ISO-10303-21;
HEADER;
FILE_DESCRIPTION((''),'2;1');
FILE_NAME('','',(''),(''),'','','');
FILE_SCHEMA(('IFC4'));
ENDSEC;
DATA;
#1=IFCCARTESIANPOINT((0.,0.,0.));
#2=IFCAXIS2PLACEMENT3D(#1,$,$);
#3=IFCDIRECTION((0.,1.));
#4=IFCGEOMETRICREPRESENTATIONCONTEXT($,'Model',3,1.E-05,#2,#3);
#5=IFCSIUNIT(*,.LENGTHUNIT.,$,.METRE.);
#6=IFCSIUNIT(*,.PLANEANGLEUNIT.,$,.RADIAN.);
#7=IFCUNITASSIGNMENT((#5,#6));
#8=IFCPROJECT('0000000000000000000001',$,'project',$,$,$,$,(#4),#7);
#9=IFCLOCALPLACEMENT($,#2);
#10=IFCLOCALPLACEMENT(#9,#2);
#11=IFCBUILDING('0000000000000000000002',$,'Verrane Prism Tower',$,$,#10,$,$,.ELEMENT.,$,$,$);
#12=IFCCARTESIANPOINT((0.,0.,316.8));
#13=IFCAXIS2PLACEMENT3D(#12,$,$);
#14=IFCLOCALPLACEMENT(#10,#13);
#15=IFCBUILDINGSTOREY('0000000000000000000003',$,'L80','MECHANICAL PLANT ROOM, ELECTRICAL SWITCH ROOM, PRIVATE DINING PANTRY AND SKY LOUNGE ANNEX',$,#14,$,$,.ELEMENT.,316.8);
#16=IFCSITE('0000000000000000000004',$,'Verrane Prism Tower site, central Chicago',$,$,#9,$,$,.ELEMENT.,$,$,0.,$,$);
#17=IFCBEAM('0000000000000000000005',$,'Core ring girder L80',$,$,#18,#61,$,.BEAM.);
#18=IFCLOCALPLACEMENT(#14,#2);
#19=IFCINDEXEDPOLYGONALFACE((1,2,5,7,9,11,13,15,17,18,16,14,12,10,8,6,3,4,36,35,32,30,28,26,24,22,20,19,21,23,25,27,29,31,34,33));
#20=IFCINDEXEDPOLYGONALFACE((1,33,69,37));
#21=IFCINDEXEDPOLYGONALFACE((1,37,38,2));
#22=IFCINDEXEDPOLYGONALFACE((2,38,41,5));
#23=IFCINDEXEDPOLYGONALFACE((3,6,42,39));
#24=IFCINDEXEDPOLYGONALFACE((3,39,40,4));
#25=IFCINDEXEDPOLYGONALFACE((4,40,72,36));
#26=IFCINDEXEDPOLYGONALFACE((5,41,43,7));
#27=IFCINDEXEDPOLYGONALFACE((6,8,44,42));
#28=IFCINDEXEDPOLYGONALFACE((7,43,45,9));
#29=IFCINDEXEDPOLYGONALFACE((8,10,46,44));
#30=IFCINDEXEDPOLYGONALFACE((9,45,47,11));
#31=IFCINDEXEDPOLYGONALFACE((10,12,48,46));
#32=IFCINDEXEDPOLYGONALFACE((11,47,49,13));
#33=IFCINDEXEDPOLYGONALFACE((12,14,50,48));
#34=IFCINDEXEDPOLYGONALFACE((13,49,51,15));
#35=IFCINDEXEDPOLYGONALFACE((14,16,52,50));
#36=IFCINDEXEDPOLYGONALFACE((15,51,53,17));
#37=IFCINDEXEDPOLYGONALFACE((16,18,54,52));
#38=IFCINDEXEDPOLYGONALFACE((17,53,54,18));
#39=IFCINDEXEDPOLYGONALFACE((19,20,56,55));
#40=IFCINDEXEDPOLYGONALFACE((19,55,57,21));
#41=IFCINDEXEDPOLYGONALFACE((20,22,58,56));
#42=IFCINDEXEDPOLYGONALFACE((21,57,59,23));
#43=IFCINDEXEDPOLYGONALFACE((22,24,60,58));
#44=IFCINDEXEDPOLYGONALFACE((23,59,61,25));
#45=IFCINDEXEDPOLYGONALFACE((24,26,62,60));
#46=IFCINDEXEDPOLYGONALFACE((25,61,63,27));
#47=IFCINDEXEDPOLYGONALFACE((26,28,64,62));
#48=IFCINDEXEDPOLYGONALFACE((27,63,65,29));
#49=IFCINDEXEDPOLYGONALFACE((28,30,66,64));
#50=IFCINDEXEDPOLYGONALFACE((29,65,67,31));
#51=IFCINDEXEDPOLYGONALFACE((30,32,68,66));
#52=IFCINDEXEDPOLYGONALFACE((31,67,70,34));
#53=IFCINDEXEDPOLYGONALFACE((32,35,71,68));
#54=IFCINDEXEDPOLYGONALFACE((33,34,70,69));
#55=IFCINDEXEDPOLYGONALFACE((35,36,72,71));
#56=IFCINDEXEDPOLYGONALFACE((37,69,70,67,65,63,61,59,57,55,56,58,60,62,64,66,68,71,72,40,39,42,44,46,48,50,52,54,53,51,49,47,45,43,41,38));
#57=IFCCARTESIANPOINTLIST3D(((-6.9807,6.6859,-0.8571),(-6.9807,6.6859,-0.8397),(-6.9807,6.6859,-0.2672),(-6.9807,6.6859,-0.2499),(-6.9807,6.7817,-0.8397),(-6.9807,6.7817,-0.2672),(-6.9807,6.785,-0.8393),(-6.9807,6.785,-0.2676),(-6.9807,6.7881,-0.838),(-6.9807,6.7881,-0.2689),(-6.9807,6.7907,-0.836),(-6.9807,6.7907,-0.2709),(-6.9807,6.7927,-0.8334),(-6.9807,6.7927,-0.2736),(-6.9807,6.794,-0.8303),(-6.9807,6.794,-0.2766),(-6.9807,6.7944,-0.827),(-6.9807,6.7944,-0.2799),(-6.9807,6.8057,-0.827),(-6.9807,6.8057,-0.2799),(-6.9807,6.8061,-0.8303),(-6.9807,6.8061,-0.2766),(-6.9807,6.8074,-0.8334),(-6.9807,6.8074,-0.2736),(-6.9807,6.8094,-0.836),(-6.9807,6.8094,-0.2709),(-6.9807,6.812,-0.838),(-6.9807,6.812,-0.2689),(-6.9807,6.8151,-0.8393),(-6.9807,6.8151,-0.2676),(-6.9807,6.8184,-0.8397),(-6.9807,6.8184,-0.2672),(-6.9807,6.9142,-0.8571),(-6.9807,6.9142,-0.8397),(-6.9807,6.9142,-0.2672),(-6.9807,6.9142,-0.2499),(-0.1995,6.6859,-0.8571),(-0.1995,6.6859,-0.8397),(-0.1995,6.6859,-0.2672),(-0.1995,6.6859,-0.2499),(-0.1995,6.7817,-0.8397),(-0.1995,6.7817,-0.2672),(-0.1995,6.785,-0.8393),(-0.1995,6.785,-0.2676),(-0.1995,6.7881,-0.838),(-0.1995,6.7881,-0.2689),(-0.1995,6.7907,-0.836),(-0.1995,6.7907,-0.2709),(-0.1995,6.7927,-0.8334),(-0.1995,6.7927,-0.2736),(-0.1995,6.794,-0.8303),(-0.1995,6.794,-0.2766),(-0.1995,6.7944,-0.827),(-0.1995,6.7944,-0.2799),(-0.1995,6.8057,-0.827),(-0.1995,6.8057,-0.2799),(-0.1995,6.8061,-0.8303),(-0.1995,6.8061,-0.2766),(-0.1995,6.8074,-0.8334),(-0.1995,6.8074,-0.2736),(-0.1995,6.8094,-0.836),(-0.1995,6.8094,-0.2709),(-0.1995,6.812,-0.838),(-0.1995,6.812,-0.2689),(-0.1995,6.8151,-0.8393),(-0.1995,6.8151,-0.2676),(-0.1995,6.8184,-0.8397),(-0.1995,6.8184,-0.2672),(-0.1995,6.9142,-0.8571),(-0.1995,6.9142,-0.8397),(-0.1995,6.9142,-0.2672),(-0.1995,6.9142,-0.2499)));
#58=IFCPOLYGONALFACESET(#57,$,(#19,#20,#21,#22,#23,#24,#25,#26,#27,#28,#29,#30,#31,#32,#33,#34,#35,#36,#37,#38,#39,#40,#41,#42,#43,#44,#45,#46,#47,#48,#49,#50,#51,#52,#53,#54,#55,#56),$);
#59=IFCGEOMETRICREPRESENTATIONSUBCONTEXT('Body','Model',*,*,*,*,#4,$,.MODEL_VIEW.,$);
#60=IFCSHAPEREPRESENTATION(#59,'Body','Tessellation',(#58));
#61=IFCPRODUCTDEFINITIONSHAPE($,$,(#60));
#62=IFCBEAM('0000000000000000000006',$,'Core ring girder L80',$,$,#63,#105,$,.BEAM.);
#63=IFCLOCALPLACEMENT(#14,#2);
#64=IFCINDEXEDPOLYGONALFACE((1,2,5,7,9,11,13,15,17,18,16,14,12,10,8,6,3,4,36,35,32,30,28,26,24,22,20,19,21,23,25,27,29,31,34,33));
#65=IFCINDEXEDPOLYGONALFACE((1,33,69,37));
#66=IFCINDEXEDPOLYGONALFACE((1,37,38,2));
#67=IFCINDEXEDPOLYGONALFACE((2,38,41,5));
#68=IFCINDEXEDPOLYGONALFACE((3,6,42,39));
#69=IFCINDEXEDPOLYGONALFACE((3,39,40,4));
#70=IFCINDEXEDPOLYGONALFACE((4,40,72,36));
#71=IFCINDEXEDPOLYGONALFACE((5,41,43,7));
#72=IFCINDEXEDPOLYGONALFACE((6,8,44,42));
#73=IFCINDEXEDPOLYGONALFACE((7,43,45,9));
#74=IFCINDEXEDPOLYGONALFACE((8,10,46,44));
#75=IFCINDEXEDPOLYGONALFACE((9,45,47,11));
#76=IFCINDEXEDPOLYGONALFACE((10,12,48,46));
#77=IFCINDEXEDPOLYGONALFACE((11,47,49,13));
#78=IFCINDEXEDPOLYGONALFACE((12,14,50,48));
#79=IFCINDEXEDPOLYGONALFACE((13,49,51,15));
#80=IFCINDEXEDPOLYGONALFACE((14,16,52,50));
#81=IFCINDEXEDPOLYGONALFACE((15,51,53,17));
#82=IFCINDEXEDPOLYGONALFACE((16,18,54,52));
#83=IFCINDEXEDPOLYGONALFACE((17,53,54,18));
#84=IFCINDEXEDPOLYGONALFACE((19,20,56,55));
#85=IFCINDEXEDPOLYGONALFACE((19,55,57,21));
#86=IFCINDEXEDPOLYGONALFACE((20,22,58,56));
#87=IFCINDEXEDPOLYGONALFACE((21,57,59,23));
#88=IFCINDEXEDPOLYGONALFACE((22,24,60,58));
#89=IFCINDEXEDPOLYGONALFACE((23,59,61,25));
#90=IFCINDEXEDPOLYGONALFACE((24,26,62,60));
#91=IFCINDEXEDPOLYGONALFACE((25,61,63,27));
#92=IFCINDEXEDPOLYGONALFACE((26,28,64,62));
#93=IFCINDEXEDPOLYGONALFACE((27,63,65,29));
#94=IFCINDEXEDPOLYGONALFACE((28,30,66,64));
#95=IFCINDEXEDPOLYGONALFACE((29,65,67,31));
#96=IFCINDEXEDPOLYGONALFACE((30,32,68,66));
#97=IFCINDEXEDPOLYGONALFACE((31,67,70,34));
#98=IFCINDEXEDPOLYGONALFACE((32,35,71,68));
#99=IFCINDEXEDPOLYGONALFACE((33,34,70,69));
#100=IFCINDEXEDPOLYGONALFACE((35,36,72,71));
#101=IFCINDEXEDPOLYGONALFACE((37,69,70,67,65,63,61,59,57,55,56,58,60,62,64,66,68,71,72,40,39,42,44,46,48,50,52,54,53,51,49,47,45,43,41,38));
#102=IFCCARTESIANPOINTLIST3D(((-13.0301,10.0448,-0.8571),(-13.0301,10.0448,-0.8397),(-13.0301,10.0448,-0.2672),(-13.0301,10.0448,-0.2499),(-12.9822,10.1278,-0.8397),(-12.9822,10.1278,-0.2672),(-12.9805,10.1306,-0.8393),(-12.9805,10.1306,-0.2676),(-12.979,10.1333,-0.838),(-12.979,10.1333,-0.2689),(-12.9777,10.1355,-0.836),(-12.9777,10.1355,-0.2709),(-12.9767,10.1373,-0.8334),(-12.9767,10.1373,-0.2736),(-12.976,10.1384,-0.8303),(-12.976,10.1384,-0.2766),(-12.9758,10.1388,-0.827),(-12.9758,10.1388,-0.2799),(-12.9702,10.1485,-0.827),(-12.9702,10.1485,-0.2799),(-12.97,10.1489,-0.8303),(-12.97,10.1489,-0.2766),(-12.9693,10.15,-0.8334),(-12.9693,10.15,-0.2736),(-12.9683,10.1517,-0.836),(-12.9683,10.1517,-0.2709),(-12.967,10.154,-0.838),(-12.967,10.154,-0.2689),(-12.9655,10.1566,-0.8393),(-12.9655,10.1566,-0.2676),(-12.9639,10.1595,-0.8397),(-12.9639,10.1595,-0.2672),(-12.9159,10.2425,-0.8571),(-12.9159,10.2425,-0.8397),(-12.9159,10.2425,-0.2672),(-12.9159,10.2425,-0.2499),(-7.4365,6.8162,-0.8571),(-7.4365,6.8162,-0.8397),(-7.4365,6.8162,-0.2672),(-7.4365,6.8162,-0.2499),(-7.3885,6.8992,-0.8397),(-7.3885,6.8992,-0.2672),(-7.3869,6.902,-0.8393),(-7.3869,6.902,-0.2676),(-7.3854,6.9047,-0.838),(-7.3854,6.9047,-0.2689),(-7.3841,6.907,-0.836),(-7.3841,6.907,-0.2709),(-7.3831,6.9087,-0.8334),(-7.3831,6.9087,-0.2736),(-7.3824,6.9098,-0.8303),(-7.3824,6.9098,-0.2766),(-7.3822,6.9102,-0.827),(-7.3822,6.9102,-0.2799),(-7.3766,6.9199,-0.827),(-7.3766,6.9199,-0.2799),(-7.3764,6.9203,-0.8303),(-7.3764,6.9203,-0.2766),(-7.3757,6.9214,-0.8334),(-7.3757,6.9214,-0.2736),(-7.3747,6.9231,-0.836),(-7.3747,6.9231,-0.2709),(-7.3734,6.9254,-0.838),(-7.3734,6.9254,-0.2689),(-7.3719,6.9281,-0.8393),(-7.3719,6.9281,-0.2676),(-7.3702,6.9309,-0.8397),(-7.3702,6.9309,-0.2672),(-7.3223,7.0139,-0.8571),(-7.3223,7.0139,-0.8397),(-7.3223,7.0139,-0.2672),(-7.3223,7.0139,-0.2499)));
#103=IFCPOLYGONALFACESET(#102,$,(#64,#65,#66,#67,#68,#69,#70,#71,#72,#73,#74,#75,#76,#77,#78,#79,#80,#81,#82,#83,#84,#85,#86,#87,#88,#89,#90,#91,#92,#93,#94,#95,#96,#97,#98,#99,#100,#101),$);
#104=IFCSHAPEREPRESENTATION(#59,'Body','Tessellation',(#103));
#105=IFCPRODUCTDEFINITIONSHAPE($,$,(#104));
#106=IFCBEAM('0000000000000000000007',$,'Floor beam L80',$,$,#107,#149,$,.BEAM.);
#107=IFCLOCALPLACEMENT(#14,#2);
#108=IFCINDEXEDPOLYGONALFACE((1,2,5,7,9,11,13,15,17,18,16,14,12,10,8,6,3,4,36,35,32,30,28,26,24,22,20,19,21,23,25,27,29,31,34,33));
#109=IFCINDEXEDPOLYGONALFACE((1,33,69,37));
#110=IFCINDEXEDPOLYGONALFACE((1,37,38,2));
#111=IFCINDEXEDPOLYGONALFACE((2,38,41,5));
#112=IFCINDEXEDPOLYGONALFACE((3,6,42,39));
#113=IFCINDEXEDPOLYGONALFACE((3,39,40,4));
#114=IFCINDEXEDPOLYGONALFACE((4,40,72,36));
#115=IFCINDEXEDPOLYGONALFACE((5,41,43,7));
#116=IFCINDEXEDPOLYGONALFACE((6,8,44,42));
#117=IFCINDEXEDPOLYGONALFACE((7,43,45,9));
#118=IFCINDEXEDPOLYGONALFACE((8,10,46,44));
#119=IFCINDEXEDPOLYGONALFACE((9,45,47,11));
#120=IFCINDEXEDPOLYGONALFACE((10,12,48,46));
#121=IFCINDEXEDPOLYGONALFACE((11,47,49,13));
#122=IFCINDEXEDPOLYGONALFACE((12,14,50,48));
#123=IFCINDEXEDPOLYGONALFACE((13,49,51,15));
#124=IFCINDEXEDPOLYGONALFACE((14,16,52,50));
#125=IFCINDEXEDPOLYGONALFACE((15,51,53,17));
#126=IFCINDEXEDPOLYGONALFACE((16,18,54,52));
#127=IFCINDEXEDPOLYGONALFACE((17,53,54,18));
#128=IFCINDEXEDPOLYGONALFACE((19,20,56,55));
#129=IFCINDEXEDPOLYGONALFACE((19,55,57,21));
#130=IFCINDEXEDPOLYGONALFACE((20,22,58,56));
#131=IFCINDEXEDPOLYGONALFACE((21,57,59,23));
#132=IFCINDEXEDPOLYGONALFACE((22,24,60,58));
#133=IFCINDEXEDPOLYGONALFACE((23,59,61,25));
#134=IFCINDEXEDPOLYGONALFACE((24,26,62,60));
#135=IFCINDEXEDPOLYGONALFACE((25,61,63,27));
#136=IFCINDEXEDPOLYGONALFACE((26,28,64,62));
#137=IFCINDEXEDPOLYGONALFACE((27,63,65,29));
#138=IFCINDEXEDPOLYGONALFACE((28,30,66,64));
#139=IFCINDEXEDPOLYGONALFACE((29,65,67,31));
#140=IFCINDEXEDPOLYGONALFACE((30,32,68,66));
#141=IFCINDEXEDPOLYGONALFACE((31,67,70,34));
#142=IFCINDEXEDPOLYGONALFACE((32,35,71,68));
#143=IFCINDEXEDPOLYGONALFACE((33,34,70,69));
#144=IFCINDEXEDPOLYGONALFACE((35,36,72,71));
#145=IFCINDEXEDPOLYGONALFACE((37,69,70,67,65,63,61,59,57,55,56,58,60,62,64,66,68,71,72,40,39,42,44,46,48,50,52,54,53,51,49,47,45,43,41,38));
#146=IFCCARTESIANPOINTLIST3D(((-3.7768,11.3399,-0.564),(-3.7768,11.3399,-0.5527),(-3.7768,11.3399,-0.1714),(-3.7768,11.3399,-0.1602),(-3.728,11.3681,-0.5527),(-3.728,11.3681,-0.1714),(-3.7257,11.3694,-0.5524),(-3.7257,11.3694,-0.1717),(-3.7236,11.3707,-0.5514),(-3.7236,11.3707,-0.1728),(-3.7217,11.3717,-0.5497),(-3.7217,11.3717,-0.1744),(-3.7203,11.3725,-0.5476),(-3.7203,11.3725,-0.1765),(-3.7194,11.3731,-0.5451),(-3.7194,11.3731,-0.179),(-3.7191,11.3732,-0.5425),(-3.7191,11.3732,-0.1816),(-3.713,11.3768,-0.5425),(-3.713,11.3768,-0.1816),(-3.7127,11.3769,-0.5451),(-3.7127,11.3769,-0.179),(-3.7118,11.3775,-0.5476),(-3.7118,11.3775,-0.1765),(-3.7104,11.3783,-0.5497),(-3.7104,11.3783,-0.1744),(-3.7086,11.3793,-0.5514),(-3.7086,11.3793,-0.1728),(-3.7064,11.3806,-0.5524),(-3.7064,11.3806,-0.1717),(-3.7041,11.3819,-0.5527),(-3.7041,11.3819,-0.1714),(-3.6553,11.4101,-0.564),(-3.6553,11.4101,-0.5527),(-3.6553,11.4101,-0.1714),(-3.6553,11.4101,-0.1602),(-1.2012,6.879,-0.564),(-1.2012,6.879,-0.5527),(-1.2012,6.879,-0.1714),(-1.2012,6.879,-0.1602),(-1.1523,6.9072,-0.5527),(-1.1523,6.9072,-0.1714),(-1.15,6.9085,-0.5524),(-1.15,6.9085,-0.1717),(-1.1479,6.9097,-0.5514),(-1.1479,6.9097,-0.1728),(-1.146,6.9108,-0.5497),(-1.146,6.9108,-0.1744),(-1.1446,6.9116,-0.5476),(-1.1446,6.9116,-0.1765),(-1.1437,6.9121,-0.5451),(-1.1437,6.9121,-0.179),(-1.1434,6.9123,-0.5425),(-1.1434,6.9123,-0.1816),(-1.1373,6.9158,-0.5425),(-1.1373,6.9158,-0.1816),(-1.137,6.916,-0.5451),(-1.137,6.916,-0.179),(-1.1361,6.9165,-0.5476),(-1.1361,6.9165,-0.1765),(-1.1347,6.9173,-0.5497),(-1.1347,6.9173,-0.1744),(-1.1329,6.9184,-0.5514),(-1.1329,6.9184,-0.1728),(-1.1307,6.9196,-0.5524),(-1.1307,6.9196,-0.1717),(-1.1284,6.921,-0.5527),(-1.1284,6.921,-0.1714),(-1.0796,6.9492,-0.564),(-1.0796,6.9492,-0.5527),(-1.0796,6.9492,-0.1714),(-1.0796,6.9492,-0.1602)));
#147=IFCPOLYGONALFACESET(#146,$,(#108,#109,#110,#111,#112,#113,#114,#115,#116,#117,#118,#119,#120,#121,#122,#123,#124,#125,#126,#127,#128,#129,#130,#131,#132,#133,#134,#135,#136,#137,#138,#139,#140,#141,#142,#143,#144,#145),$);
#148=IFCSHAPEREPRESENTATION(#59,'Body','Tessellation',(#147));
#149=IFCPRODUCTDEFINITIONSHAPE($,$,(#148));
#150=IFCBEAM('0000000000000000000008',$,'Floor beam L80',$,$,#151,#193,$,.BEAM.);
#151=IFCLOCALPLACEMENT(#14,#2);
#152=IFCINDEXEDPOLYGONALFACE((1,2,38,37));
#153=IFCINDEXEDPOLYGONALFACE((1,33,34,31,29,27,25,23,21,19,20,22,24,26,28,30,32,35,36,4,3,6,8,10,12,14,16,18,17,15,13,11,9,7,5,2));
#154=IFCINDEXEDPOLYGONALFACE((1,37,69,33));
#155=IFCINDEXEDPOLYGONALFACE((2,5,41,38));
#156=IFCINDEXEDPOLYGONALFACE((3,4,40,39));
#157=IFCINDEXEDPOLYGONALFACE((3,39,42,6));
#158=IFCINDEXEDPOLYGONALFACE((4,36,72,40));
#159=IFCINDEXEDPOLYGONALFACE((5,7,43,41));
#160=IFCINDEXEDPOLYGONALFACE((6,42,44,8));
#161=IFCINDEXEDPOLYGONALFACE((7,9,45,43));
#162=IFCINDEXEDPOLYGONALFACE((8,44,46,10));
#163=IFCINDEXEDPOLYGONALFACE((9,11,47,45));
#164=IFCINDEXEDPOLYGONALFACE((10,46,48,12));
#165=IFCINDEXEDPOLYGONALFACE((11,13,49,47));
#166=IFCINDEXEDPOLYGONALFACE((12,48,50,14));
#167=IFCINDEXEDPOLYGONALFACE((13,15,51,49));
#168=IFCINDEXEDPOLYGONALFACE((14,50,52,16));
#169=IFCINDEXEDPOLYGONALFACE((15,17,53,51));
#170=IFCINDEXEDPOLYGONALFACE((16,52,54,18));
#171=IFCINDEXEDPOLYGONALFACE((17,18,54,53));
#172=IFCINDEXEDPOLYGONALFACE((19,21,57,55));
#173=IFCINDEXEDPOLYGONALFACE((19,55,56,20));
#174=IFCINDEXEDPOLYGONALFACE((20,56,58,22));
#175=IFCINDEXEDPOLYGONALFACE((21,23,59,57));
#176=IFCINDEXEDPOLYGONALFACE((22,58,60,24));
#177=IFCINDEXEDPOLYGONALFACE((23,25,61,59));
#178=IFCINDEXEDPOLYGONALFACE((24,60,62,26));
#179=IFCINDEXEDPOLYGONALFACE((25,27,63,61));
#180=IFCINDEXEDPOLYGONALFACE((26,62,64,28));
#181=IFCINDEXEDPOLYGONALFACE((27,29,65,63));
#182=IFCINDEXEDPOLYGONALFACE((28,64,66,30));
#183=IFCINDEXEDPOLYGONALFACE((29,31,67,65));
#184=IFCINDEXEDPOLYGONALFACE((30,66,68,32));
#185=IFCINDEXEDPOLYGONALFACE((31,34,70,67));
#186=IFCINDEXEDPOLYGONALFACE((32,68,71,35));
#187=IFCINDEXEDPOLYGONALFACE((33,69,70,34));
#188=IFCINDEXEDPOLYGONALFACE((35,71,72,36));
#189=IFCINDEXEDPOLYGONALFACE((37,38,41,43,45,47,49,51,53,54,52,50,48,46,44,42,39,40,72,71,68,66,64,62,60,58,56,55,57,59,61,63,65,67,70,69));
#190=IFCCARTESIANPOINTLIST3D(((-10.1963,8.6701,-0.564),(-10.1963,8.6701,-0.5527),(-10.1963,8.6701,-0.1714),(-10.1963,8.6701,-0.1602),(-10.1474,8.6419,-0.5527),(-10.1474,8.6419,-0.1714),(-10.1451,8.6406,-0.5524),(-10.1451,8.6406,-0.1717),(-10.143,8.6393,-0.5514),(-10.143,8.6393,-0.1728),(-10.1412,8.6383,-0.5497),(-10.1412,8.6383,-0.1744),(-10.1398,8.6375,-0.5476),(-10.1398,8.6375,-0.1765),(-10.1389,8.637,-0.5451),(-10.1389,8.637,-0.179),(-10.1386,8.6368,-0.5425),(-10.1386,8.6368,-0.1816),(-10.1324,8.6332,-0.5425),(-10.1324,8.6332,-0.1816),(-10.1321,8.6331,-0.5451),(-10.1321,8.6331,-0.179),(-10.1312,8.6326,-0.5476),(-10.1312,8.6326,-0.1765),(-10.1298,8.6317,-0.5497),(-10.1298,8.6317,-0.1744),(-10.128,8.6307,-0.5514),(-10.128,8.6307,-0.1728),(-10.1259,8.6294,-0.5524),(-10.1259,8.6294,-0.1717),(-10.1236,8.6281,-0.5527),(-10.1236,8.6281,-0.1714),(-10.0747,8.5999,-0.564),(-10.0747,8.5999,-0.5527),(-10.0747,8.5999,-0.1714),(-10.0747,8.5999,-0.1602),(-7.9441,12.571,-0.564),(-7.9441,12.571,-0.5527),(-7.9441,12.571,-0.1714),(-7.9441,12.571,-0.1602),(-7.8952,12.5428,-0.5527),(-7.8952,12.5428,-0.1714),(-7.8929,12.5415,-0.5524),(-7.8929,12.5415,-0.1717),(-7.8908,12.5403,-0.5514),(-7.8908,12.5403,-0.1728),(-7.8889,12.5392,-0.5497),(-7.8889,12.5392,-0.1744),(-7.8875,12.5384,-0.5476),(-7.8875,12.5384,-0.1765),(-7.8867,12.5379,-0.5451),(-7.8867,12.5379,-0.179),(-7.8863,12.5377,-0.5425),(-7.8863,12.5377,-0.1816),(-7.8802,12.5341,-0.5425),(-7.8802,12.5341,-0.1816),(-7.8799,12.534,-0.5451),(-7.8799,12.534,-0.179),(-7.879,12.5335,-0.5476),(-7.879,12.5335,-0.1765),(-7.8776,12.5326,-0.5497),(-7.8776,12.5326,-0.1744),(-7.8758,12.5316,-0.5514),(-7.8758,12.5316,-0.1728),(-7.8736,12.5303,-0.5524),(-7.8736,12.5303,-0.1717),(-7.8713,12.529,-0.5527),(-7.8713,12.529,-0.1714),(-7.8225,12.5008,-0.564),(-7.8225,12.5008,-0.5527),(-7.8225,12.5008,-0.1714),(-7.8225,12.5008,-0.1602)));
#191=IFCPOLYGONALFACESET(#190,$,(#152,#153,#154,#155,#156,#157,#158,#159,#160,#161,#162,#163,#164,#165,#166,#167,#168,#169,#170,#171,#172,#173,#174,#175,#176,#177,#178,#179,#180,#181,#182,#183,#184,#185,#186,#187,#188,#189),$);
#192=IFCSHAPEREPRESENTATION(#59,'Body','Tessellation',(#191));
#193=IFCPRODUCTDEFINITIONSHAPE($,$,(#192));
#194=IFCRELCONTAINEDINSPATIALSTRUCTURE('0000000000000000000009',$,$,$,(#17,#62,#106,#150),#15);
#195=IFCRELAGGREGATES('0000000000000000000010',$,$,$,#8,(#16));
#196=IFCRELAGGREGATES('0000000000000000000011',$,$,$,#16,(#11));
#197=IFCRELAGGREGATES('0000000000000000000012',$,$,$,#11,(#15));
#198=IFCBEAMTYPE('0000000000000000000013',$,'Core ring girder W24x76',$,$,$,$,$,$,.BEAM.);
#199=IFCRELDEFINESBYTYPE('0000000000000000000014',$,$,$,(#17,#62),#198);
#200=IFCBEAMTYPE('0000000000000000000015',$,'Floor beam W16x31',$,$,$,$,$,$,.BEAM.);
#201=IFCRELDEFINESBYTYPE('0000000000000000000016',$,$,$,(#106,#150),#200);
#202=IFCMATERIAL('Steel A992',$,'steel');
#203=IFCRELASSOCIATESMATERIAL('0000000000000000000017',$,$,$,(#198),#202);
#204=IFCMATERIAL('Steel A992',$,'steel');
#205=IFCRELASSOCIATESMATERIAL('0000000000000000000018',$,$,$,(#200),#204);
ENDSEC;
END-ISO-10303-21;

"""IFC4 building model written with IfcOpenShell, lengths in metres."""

from ifc_helpers import new_model, si_unit, direction, frame, origin, origin_2d, place, context, subcontext, project, spatial, i_section, extrude, material, material_profile, profile_set, type_object, element, save


model = new_model("IFC4")

# Units and contexts
model_context = context("Model", 3, precision=1e-05, world=origin(), true_north=direction((0.0, 1.0)))
body_context = subcontext(model_context, "Body", "Model", "MODEL_VIEW")
ifc_project = project(units=[si_unit("LENGTHUNIT", "METRE"), si_unit("PLANEANGLEUNIT", "RADIAN")], contexts=[model_context])

# Site, building, storey
site_placement = place(None, origin())
site = spatial("IfcSite", under=ifc_project, at=site_placement, Name="Verrane Prism Tower site, central Chicago", CompositionType="ELEMENT", RefElevation=0.0)
building_placement = place(site_placement, origin())
building = spatial("IfcBuilding", under=site, at=building_placement, Name="Verrane Prism Tower", CompositionType="ELEMENT")
storey_placement = place(building_placement, frame((0.0, 0.0, 316.8)))
storey = spatial("IfcBuildingStorey", under=building, at=storey_placement, Name="L80", Description="MECHANICAL PLANT ROOM, ELECTRICAL SWITCH ROOM, PRIVATE DINING PANTRY AND SKY LOUNGE ANNEX", CompositionType="ELEMENT", Elevation=316.8)

# Beams
ifc_material_1 = material(Name="Steel A992", Category="steel")
ifc_material_profile_1 = material_profile(ifc_material_1, i_section(OverallWidth=0.2283, OverallDepth=0.6072, WebThickness=0.0112, FlangeThickness=0.0173, FilletRadius=0.0127, at=origin_2d()), Name="W24x76")
ifc_profile_set_1 = profile_set([ifc_material_profile_1], Name="Steel A992")
beam_type_1 = type_object("IfcBeamType", Name="Core ring girder W24x76", PredefinedType="BEAM", material=ifc_profile_set_1)
beam_1_placement = place(storey_placement, frame((-0.1995, 6.8, -0.5535), z_axis=(-1.0, 0.0, 0.0), x_axis=(0.0, -1.0, 0.0)))
element("IfcBeam", 1, at=beam_1_placement, inside=storey, type_object=beam_type_1, Name="Core ring girder L80", PredefinedType="BEAM", context=body_context, shape_type="SweptSolid", body=[
    extrude(i_section(OverallWidth=0.2283, OverallDepth=0.6072, WebThickness=0.0112, FlangeThickness=0.0173, FilletRadius=0.0127, at=origin_2d()), origin(), (0.0, 0.0, 1.0), 6.7812),
])
beam_2_placement = place(storey_placement, frame((-7.3794, 6.915, -0.5535), z_axis=(-0.866086, 0.499896, 0.0), x_axis=(-0.499896, -0.866086, 0.0)))
element("IfcBeam", 2, at=beam_2_placement, inside=storey, type_object=beam_type_1, Name="Core ring girder L80", PredefinedType="BEAM", context=body_context, shape_type="SweptSolid", body=[
    extrude(i_section(OverallWidth=0.2283, OverallDepth=0.6072, WebThickness=0.0112, FlangeThickness=0.0173, FilletRadius=0.0127, at=origin_2d()), origin(), (0.0, 0.0, 1.0), 6.4585),
])
ifc_material_2 = material(Name="Steel A992", Category="steel")
ifc_material_profile_2 = material_profile(ifc_material_2, i_section(OverallWidth=0.1404, OverallDepth=0.4038, WebThickness=0.0071, FlangeThickness=0.0112, FilletRadius=0.0103, at=origin_2d()), Name="W16x31")
ifc_profile_set_2 = profile_set([ifc_material_profile_2], Name="Steel A992")
beam_type_2 = type_object("IfcBeamType", Name="Floor beam W16x31", PredefinedType="BEAM", material=ifc_profile_set_2)
beam_3_placement = place(storey_placement, frame((-1.1404, 6.9141, -0.3621), z_axis=(-0.500023, 0.866012, 0.0), x_axis=(-0.866012, -0.500023, 0.0)))
element("IfcBeam", 3, at=beam_3_placement, inside=storey, type_object=beam_type_2, Name="Floor beam L80", PredefinedType="BEAM", context=body_context, shape_type="SweptSolid", body=[
    extrude(i_section(OverallWidth=0.1404, OverallDepth=0.4038, WebThickness=0.0071, FlangeThickness=0.0112, FilletRadius=0.0103, at=origin_2d()), origin(), (0.0, 0.0, 1.0), 5.1511),
])
beam_4_placement = place(storey_placement, frame((-10.1355, 8.635, -0.3621), z_axis=(0.500004, 0.866023, 0.0), x_axis=(-0.866023, 0.500004, 0.0)))
element("IfcBeam", 4, at=beam_4_placement, inside=storey, type_object=beam_type_2, Name="Floor beam L80", PredefinedType="BEAM", context=body_context, shape_type="SweptSolid", body=[
    extrude(i_section(OverallWidth=0.1404, OverallDepth=0.4038, WebThickness=0.0071, FlangeThickness=0.0112, FilletRadius=0.0103, at=origin_2d()), origin(), (0.0, 0.0, 1.0), 4.5044),
])

save(model, "model.ifc")
